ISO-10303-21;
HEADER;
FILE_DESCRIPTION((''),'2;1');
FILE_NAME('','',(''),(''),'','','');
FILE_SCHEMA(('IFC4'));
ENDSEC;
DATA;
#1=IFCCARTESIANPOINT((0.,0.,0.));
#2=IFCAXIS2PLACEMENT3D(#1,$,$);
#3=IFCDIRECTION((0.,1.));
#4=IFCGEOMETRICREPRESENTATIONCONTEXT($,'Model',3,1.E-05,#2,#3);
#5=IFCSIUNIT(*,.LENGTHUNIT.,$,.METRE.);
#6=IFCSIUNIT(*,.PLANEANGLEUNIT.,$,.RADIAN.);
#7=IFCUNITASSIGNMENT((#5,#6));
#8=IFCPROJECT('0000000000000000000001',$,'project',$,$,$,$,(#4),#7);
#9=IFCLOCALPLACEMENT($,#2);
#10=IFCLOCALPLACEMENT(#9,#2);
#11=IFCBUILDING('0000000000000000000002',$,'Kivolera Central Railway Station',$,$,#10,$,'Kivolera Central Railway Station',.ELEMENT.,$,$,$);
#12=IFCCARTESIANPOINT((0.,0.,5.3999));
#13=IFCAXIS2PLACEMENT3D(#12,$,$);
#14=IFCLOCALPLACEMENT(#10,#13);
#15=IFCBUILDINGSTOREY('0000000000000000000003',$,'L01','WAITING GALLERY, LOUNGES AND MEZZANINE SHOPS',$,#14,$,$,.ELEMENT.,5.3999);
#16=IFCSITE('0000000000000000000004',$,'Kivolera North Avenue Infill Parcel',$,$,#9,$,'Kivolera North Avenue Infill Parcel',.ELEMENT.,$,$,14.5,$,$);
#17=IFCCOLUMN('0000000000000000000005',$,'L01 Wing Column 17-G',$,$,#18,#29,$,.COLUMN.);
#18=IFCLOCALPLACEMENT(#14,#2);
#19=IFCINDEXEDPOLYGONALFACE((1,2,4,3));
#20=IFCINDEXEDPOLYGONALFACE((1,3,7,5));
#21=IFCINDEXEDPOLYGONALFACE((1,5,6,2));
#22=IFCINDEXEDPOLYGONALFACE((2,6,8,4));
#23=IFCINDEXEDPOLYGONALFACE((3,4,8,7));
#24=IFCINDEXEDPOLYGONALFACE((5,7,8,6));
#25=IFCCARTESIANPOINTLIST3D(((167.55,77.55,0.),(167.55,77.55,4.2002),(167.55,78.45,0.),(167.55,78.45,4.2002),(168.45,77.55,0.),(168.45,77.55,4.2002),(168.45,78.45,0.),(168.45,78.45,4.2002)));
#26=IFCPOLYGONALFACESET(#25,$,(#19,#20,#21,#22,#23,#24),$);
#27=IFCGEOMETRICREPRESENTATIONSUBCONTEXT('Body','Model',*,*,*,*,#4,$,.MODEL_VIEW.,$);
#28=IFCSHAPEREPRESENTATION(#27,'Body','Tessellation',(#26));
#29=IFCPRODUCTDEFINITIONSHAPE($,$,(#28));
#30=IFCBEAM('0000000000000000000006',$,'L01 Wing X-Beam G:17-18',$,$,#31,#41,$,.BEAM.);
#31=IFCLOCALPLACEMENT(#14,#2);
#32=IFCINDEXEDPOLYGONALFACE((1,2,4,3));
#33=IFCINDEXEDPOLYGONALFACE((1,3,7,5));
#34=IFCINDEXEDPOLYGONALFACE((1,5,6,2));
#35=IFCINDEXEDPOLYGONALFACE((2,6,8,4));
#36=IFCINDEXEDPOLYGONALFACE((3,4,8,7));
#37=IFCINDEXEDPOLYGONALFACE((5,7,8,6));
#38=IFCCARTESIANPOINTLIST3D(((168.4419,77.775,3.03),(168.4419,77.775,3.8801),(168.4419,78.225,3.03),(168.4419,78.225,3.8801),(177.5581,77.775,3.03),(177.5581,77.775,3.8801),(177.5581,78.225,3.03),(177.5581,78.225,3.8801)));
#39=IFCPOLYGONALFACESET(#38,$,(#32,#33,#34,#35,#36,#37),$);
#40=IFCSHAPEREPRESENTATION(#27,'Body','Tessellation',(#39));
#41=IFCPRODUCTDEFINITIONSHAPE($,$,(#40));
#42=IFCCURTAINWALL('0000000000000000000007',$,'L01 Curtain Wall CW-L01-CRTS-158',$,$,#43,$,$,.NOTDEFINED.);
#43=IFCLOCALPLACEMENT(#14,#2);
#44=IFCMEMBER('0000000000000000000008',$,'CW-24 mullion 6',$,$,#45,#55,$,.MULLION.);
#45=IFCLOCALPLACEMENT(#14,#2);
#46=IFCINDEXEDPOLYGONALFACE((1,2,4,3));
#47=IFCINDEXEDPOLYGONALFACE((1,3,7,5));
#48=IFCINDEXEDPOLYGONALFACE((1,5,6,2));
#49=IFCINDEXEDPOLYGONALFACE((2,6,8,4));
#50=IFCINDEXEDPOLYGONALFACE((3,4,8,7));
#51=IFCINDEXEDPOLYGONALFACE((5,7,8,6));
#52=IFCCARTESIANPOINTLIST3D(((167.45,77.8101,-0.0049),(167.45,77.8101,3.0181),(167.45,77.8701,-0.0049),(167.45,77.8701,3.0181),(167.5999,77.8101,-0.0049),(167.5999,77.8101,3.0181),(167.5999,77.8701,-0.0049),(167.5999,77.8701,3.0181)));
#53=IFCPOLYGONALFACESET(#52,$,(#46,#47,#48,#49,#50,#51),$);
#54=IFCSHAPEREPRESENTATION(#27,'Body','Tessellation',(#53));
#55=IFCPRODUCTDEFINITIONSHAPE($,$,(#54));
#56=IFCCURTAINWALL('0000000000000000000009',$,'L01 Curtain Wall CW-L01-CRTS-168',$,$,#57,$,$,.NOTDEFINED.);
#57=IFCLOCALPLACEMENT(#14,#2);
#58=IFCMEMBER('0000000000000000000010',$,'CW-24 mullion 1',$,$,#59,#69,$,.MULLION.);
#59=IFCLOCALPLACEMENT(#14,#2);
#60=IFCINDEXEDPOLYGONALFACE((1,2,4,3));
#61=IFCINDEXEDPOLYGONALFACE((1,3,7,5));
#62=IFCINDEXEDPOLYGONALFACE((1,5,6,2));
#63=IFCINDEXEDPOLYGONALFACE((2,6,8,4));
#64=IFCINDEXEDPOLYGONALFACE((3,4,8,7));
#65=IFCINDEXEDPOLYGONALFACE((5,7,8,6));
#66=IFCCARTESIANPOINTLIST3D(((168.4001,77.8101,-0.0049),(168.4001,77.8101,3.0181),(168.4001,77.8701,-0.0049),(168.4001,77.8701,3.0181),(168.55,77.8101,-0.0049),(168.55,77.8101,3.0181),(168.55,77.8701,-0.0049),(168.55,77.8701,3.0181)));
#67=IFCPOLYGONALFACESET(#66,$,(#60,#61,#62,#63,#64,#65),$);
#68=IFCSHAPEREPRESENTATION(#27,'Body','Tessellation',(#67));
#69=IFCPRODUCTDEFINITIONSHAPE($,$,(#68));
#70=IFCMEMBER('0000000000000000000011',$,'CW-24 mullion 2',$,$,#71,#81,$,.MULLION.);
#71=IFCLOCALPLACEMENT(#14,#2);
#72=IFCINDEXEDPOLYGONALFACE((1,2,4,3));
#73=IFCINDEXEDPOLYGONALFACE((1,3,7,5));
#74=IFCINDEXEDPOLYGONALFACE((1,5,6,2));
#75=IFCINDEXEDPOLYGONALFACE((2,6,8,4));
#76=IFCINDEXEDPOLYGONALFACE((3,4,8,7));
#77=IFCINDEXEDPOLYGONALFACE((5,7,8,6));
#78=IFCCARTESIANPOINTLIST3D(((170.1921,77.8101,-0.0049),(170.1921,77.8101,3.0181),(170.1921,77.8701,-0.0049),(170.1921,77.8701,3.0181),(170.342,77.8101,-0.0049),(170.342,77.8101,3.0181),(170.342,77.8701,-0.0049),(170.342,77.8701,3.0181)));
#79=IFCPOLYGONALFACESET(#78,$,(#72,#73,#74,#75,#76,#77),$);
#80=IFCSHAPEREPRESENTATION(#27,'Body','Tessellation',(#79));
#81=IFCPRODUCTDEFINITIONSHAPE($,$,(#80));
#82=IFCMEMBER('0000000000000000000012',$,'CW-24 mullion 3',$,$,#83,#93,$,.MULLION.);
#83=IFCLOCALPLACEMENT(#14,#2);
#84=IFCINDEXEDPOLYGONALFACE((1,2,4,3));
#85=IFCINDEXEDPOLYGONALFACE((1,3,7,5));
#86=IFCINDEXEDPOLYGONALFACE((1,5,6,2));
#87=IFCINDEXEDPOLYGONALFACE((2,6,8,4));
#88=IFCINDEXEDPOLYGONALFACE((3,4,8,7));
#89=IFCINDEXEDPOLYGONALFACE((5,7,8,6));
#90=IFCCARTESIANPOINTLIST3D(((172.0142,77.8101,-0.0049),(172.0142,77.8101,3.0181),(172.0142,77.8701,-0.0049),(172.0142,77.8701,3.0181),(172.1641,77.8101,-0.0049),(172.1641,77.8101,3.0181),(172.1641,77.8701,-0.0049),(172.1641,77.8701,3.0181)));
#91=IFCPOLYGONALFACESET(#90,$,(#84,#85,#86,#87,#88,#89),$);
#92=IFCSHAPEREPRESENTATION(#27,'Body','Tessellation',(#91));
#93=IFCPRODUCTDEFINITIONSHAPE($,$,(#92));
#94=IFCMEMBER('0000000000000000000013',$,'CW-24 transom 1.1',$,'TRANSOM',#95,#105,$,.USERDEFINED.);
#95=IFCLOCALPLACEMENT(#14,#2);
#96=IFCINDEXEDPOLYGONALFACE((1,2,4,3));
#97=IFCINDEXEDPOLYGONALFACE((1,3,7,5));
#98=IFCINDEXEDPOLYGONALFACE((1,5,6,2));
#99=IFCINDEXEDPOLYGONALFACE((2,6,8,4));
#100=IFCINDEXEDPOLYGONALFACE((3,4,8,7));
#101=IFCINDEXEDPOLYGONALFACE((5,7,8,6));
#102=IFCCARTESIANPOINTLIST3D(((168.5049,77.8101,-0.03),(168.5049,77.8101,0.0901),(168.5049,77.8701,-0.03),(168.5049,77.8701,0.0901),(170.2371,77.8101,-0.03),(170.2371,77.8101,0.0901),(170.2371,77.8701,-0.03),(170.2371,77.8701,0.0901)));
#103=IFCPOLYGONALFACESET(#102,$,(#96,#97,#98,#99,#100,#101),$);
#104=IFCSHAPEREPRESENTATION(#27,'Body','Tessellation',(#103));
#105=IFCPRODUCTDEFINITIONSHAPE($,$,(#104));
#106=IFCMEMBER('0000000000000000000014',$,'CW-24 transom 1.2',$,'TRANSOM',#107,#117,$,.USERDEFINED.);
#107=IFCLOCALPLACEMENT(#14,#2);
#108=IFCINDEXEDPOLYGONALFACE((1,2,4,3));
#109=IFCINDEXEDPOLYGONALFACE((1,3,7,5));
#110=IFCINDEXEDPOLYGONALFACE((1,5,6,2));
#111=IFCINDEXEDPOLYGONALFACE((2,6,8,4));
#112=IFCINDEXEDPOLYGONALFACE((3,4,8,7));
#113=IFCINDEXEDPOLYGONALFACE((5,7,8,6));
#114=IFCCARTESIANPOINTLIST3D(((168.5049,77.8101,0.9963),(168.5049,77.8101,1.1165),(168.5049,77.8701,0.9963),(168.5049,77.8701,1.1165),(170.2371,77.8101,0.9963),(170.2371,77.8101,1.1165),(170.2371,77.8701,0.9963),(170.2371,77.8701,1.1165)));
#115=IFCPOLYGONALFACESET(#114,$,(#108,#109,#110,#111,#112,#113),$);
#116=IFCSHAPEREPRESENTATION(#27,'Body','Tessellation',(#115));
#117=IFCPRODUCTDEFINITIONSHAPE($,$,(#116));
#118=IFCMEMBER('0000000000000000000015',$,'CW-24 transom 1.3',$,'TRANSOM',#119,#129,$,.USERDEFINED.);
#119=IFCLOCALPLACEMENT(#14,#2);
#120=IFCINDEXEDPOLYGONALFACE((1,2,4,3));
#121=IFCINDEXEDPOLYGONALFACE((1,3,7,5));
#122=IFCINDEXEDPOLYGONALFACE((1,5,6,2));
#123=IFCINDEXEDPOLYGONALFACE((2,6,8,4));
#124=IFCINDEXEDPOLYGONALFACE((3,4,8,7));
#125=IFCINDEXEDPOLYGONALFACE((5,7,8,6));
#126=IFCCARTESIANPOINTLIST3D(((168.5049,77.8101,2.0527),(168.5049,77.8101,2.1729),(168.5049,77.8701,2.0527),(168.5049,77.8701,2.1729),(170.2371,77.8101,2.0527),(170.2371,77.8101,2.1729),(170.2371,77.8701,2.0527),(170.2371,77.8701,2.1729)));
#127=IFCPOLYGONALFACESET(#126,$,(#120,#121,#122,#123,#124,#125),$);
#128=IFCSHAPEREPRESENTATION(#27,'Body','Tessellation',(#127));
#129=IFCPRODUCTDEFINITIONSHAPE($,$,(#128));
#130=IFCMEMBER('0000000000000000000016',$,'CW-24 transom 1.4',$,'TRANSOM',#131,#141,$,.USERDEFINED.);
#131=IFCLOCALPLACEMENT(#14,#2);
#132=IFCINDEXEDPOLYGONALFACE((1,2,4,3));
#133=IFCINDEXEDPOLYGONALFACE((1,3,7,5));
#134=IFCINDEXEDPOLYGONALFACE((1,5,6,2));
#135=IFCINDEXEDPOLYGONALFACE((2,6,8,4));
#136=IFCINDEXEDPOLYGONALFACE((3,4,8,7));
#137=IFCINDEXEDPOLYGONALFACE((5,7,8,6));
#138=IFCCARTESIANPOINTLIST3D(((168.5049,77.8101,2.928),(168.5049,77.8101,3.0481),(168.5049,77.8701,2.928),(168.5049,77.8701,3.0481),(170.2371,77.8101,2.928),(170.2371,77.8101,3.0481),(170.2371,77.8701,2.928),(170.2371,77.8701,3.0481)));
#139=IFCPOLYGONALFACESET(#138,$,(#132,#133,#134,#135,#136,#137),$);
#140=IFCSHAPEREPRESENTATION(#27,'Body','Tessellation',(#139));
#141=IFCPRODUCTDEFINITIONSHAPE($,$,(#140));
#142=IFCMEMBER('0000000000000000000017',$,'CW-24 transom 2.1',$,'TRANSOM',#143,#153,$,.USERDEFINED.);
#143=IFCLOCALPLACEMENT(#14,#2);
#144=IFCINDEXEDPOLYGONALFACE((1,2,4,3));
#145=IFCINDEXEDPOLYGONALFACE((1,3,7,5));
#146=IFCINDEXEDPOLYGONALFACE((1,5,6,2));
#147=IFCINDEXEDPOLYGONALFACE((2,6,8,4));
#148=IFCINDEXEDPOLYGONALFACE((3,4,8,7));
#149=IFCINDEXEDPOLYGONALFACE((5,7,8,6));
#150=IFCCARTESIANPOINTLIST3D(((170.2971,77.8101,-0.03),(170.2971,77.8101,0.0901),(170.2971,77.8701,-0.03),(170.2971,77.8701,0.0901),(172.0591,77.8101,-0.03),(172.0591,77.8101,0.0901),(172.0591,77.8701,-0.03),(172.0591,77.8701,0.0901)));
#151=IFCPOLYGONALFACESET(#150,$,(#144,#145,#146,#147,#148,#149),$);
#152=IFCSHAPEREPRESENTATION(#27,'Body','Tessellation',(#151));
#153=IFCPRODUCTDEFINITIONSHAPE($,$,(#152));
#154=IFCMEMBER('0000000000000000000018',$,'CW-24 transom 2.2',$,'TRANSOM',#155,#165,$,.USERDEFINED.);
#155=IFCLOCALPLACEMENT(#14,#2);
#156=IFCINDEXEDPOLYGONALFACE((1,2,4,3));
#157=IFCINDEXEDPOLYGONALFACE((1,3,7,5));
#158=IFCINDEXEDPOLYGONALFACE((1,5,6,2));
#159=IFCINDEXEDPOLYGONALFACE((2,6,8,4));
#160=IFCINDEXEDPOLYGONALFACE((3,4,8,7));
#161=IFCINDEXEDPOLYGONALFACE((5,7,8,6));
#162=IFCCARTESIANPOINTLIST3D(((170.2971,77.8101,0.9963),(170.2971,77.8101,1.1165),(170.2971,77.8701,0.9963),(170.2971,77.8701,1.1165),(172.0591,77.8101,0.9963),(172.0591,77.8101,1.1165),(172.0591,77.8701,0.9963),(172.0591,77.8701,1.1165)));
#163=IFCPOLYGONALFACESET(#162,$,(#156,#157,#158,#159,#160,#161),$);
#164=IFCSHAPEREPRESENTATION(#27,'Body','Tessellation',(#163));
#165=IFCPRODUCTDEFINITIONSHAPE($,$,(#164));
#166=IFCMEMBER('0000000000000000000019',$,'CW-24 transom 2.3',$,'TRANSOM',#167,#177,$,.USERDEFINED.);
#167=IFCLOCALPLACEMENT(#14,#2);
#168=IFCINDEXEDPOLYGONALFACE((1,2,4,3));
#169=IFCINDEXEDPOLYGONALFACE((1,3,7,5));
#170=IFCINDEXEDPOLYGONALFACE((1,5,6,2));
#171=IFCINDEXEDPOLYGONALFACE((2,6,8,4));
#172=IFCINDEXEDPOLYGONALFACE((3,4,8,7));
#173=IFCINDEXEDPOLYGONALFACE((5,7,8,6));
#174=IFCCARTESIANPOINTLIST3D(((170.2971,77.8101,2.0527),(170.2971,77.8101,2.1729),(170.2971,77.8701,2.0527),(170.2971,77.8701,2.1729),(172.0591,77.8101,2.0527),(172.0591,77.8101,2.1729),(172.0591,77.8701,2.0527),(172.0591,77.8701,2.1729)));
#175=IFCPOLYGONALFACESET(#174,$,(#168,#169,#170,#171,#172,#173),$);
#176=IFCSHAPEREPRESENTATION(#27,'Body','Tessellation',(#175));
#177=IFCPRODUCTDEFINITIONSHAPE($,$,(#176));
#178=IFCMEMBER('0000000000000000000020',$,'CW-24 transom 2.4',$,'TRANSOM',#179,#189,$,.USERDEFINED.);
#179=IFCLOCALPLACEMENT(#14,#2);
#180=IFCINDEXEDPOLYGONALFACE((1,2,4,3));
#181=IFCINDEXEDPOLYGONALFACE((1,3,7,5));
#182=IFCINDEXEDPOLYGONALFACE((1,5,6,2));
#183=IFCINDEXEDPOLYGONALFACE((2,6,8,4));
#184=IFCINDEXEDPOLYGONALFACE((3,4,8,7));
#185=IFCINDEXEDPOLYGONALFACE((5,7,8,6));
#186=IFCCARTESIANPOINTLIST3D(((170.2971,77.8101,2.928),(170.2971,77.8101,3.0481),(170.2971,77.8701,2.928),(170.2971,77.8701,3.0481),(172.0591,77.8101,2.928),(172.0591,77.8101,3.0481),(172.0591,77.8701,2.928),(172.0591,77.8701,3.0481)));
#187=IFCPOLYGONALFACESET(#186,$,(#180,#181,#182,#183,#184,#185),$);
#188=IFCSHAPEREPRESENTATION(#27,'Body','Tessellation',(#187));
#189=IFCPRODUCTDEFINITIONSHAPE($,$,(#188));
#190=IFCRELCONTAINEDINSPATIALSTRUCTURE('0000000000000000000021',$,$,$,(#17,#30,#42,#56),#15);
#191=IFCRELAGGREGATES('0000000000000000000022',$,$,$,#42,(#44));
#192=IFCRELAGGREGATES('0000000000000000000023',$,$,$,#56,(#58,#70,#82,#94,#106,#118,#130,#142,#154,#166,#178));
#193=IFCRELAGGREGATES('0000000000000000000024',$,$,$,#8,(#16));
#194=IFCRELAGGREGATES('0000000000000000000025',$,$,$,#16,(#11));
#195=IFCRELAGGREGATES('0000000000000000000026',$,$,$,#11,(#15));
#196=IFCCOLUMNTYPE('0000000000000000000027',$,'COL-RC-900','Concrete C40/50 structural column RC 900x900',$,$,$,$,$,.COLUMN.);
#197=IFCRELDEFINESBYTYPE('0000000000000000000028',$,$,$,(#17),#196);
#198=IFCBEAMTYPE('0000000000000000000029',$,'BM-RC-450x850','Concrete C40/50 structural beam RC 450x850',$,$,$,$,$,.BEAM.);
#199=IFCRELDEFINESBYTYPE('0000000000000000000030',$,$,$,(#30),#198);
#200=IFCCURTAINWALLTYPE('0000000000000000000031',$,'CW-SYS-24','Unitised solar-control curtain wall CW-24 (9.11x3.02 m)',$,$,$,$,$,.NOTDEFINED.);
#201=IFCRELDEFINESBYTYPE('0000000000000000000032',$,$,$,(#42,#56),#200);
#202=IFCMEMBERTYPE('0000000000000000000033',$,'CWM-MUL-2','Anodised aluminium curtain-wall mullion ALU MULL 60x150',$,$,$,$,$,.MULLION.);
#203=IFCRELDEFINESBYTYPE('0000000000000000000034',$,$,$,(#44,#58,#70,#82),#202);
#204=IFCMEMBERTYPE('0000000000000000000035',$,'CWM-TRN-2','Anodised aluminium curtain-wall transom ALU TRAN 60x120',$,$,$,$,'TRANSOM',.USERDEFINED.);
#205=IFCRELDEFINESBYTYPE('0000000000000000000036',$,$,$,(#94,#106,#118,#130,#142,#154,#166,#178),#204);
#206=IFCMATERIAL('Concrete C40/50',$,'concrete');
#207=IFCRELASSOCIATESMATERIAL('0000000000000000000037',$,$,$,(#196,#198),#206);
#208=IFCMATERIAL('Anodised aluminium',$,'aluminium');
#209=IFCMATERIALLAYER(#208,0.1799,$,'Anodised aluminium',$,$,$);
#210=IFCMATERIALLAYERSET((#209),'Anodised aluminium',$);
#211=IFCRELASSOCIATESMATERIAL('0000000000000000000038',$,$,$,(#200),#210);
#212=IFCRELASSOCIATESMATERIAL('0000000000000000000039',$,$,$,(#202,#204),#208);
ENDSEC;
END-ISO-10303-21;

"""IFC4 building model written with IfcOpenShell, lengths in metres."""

from ifc_helpers import new_model, si_unit, direction, frame, origin, origin_2d, place, context, subcontext, project, spatial, rectangle, extrude, material, layer, layer_set, material_profile, profile_set, type_object, element, aggregate, save


model = new_model("IFC4")

# Units and contexts
model_context = context("Model", 3, precision=1e-05, world=origin(), true_north=direction((0.0, 1.0)))
body_context = subcontext(model_context, "Body", "Model", "MODEL_VIEW")
ifc_project = project(units=[si_unit("LENGTHUNIT", "METRE"), si_unit("PLANEANGLEUNIT", "RADIAN")], contexts=[model_context])

# Site, building, storey
site_placement = place(None, origin())
site = spatial("IfcSite", under=ifc_project, at=site_placement, Name="Kivolera North Avenue Infill Parcel", LongName="Kivolera North Avenue Infill Parcel", CompositionType="ELEMENT", RefElevation=14.5)
building_placement = place(site_placement, origin())
building = spatial("IfcBuilding", under=site, at=building_placement, Name="Kivolera Central Railway Station", LongName="Kivolera Central Railway Station", CompositionType="ELEMENT")
storey_placement = place(building_placement, frame((0.0, 0.0, 5.3999)))
storey = spatial("IfcBuildingStorey", under=building, at=storey_placement, Name="L01", Description="WAITING GALLERY, LOUNGES AND MEZZANINE SHOPS", CompositionType="ELEMENT", Elevation=5.3999)

# Column
ifc_material_1 = material(Name="Concrete C40/50", Category="concrete")
ifc_material_profile_1 = material_profile(ifc_material_1, rectangle(XDim=0.8999, YDim=0.8999, at=origin_2d()), Name="RC 900x900")
ifc_profile_set_1 = profile_set([ifc_material_profile_1], Name="Concrete C40/50")
column_type = type_object("IfcColumnType", Name="COL-RC-900", Description="Concrete C40/50 structural column RC 900x900", PredefinedType="COLUMN", material=ifc_profile_set_1)
column_placement = place(storey_placement, frame((168.0, 78.0, 0.0), z_axis=(0.0, 0.0, 1.0), x_axis=(1.0, 0.0, 0.0)))
element("IfcColumn", 1, at=column_placement, inside=storey, type_object=column_type, Name="L01 Wing Column 17-G", PredefinedType="COLUMN", context=body_context, shape_type="SweptSolid", body=[
    extrude(rectangle(XDim=0.8999, YDim=0.8999, at=origin_2d()), origin(), (0.0, 0.0, 1.0), 4.2002),
])

# Beam
ifc_material_profile_2 = material_profile(ifc_material_1, rectangle(XDim=0.45, YDim=0.8501, at=origin_2d()), Name="RC 450x850")
ifc_profile_set_2 = profile_set([ifc_material_profile_2], Name="Concrete C40/50")
beam_type = type_object("IfcBeamType", Name="BM-RC-450x850", Description="Concrete C40/50 structural beam RC 450x850", PredefinedType="BEAM", material=ifc_profile_set_2)
beam_placement = place(storey_placement, frame((168.4419, 78.0, 3.4551), z_axis=(1.0, 0.0, 0.0), x_axis=(0.0, 1.0, 0.0)))
element("IfcBeam", 2, at=beam_placement, inside=storey, type_object=beam_type, Name="L01 Wing X-Beam G:17-18", PredefinedType="BEAM", context=body_context, shape_type="SweptSolid", body=[
    extrude(rectangle(XDim=0.45, YDim=0.8501, at=origin_2d()), origin(), (0.0, 0.0, 1.0), 9.1162),
])

# Curtain wall, member
ifc_material_2 = material(Name="Anodised aluminium", Category="aluminium")
ifc_layer_1 = layer(ifc_material_2, 0.1799, Name="Anodised aluminium")
ifc_layer_set_1 = layer_set([ifc_layer_1], Name="Anodised aluminium")
curtain_wall_type = type_object("IfcCurtainWallType", Name="CW-SYS-24", Description="Unitised solar-control curtain wall CW-24 (9.11x3.02 m)", PredefinedType="NOTDEFINED", material=ifc_layer_set_1)
curtain_wall_1_placement = place(storey_placement, origin())
curtain_wall_1 = element("IfcCurtainWall", 3, at=curtain_wall_1_placement, inside=storey, type_object=curtain_wall_type, Name="L01 Curtain Wall CW-L01-CRTS-158", PredefinedType="NOTDEFINED")
ifc_material_profile_3 = material_profile(ifc_material_2, rectangle(XDim=0.0601, YDim=0.1499, at=origin_2d()), Name="ALU MULL 60x150")
ifc_profile_set_3 = profile_set([ifc_material_profile_3], Name="Anodised aluminium")
member_type_1 = type_object("IfcMemberType", Name="CWM-MUL-2", Description="Anodised aluminium curtain-wall mullion ALU MULL 60x150", PredefinedType="MULLION", material=ifc_profile_set_3)
member_1_placement = place(storey_placement, frame((167.5249, 77.8401, -0.0049), z_axis=(0.0, 0.0, 1.0), x_axis=(0.0, 1.0, 0.0)))
member_1 = element("IfcMember", 4, at=member_1_placement, type_object=member_type_1, Name="CW-24 mullion 6", PredefinedType="MULLION", context=body_context, shape_type="SweptSolid", body=[
    extrude(rectangle(XDim=0.0601, YDim=0.1499, at=origin_2d()), origin(), (0.0, 0.0, 1.0), 3.0229),
])
aggregate(curtain_wall_1, [member_1])

# Curtain wall, members
curtain_wall_2_placement = place(storey_placement, origin())
curtain_wall_2 = element("IfcCurtainWall", 5, at=curtain_wall_2_placement, inside=storey, type_object=curtain_wall_type, Name="L01 Curtain Wall CW-L01-CRTS-168", PredefinedType="NOTDEFINED")
member_2_placement = place(storey_placement, frame((168.4751, 77.8401, -0.0049), z_axis=(0.0, 0.0, 1.0), x_axis=(0.0, 1.0, 0.0)))
member_2 = element("IfcMember", 6, at=member_2_placement, type_object=member_type_1, Name="CW-24 mullion 1", PredefinedType="MULLION", context=body_context, shape_type="SweptSolid", body=[
    extrude(rectangle(XDim=0.0601, YDim=0.1499, at=origin_2d()), origin(), (0.0, 0.0, 1.0), 3.0229),
])
member_3_placement = place(storey_placement, frame((170.2671, 77.8401, -0.0049), z_axis=(0.0, 0.0, 1.0), x_axis=(0.0, 1.0, 0.0)))
member_3 = element("IfcMember", 7, at=member_3_placement, type_object=member_type_1, Name="CW-24 mullion 2", PredefinedType="MULLION", context=body_context, shape_type="SweptSolid", body=[
    extrude(rectangle(XDim=0.0601, YDim=0.1499, at=origin_2d()), origin(), (0.0, 0.0, 1.0), 3.0229),
])
member_4_placement = place(storey_placement, frame((172.0891, 77.8401, -0.0049), z_axis=(0.0, 0.0, 1.0), x_axis=(0.0, 1.0, 0.0)))
member_4 = element("IfcMember", 8, at=member_4_placement, type_object=member_type_1, Name="CW-24 mullion 3", PredefinedType="MULLION", context=body_context, shape_type="SweptSolid", body=[
    extrude(rectangle(XDim=0.0601, YDim=0.1499, at=origin_2d()), origin(), (0.0, 0.0, 1.0), 3.0229),
])
ifc_material_profile_4 = material_profile(ifc_material_2, rectangle(XDim=0.0601, YDim=0.1201, at=origin_2d()), Name="ALU TRAN 60x120")
ifc_profile_set_4 = profile_set([ifc_material_profile_4], Name="Anodised aluminium")
member_type_2 = type_object("IfcMemberType", Name="CWM-TRN-2", Description="Anodised aluminium curtain-wall transom ALU TRAN 60x120", ElementType="TRANSOM", PredefinedType="USERDEFINED", material=ifc_profile_set_4)
member_5_placement = place(storey_placement, frame((168.5049, 77.8401, 0.03), z_axis=(1.0, 0.0, 0.0), x_axis=(0.0, 1.0, 0.0)))
member_5 = element("IfcMember", 9, at=member_5_placement, type_object=member_type_2, Name="CW-24 transom 1.1", ObjectType="TRANSOM", PredefinedType="USERDEFINED", context=body_context, shape_type="SweptSolid", body=[
    extrude(rectangle(XDim=0.0601, YDim=0.1201, at=origin_2d()), origin(), (0.0, 0.0, 1.0), 1.7322),
])
member_6_placement = place(storey_placement, frame((168.5049, 77.8401, 1.0564), z_axis=(1.0, 0.0, 0.0), x_axis=(0.0, 1.0, 0.0)))
member_6 = element("IfcMember", 10, at=member_6_placement, type_object=member_type_2, Name="CW-24 transom 1.2", ObjectType="TRANSOM", PredefinedType="USERDEFINED", context=body_context, shape_type="SweptSolid", body=[
    extrude(rectangle(XDim=0.0601, YDim=0.1201, at=origin_2d()), origin(), (0.0, 0.0, 1.0), 1.7322),
])
member_7_placement = place(storey_placement, frame((168.5049, 77.8401, 2.1128), z_axis=(1.0, 0.0, 0.0), x_axis=(0.0, 1.0, 0.0)))
member_7 = element("IfcMember", 11, at=member_7_placement, type_object=member_type_2, Name="CW-24 transom 1.3", ObjectType="TRANSOM", PredefinedType="USERDEFINED", context=body_context, shape_type="SweptSolid", body=[
    extrude(rectangle(XDim=0.0601, YDim=0.1201, at=origin_2d()), origin(), (0.0, 0.0, 1.0), 1.7322),
])
member_8_placement = place(storey_placement, frame((168.5049, 77.8401, 2.988), z_axis=(1.0, 0.0, 0.0), x_axis=(0.0, 1.0, 0.0)))
member_8 = element("IfcMember", 12, at=member_8_placement, type_object=member_type_2, Name="CW-24 transom 1.4", ObjectType="TRANSOM", PredefinedType="USERDEFINED", context=body_context, shape_type="SweptSolid", body=[
    extrude(rectangle(XDim=0.0601, YDim=0.1201, at=origin_2d()), origin(), (0.0, 0.0, 1.0), 1.7322),
])
member_9_placement = place(storey_placement, frame((170.2971, 77.8401, 0.03), z_axis=(1.0, 0.0, 0.0), x_axis=(0.0, 1.0, 0.0)))
member_9 = element("IfcMember", 13, at=member_9_placement, type_object=member_type_2, Name="CW-24 transom 2.1", ObjectType="TRANSOM", PredefinedType="USERDEFINED", context=body_context, shape_type="SweptSolid", body=[
    extrude(rectangle(XDim=0.0601, YDim=0.1201, at=origin_2d()), origin(), (0.0, 0.0, 1.0), 1.762),
])
member_10_placement = place(storey_placement, frame((170.2971, 77.8401, 1.0564), z_axis=(1.0, 0.0, 0.0), x_axis=(0.0, 1.0, 0.0)))
member_10 = element("IfcMember", 14, at=member_10_placement, type_object=member_type_2, Name="CW-24 transom 2.2", ObjectType="TRANSOM", PredefinedType="USERDEFINED", context=body_context, shape_type="SweptSolid", body=[
    extrude(rectangle(XDim=0.0601, YDim=0.1201, at=origin_2d()), origin(), (0.0, 0.0, 1.0), 1.762),
])
member_11_placement = place(storey_placement, frame((170.2971, 77.8401, 2.1128), z_axis=(1.0, 0.0, 0.0), x_axis=(0.0, 1.0, 0.0)))
member_11 = element("IfcMember", 15, at=member_11_placement, type_object=member_type_2, Name="CW-24 transom 2.3", ObjectType="TRANSOM", PredefinedType="USERDEFINED", context=body_context, shape_type="SweptSolid", body=[
    extrude(rectangle(XDim=0.0601, YDim=0.1201, at=origin_2d()), origin(), (0.0, 0.0, 1.0), 1.762),
])
member_12_placement = place(storey_placement, frame((170.2971, 77.8401, 2.988), z_axis=(1.0, 0.0, 0.0), x_axis=(0.0, 1.0, 0.0)))
member_12 = element("IfcMember", 16, at=member_12_placement, type_object=member_type_2, Name="CW-24 transom 2.4", ObjectType="TRANSOM", PredefinedType="USERDEFINED", context=body_context, shape_type="SweptSolid", body=[
    extrude(rectangle(XDim=0.0601, YDim=0.1201, at=origin_2d()), origin(), (0.0, 0.0, 1.0), 1.762),
])
aggregate(curtain_wall_2, [member_2, member_3, member_4, member_5, member_6, member_7, member_8, member_9, member_10, member_11, member_12])

save(model, "model.ifc")
